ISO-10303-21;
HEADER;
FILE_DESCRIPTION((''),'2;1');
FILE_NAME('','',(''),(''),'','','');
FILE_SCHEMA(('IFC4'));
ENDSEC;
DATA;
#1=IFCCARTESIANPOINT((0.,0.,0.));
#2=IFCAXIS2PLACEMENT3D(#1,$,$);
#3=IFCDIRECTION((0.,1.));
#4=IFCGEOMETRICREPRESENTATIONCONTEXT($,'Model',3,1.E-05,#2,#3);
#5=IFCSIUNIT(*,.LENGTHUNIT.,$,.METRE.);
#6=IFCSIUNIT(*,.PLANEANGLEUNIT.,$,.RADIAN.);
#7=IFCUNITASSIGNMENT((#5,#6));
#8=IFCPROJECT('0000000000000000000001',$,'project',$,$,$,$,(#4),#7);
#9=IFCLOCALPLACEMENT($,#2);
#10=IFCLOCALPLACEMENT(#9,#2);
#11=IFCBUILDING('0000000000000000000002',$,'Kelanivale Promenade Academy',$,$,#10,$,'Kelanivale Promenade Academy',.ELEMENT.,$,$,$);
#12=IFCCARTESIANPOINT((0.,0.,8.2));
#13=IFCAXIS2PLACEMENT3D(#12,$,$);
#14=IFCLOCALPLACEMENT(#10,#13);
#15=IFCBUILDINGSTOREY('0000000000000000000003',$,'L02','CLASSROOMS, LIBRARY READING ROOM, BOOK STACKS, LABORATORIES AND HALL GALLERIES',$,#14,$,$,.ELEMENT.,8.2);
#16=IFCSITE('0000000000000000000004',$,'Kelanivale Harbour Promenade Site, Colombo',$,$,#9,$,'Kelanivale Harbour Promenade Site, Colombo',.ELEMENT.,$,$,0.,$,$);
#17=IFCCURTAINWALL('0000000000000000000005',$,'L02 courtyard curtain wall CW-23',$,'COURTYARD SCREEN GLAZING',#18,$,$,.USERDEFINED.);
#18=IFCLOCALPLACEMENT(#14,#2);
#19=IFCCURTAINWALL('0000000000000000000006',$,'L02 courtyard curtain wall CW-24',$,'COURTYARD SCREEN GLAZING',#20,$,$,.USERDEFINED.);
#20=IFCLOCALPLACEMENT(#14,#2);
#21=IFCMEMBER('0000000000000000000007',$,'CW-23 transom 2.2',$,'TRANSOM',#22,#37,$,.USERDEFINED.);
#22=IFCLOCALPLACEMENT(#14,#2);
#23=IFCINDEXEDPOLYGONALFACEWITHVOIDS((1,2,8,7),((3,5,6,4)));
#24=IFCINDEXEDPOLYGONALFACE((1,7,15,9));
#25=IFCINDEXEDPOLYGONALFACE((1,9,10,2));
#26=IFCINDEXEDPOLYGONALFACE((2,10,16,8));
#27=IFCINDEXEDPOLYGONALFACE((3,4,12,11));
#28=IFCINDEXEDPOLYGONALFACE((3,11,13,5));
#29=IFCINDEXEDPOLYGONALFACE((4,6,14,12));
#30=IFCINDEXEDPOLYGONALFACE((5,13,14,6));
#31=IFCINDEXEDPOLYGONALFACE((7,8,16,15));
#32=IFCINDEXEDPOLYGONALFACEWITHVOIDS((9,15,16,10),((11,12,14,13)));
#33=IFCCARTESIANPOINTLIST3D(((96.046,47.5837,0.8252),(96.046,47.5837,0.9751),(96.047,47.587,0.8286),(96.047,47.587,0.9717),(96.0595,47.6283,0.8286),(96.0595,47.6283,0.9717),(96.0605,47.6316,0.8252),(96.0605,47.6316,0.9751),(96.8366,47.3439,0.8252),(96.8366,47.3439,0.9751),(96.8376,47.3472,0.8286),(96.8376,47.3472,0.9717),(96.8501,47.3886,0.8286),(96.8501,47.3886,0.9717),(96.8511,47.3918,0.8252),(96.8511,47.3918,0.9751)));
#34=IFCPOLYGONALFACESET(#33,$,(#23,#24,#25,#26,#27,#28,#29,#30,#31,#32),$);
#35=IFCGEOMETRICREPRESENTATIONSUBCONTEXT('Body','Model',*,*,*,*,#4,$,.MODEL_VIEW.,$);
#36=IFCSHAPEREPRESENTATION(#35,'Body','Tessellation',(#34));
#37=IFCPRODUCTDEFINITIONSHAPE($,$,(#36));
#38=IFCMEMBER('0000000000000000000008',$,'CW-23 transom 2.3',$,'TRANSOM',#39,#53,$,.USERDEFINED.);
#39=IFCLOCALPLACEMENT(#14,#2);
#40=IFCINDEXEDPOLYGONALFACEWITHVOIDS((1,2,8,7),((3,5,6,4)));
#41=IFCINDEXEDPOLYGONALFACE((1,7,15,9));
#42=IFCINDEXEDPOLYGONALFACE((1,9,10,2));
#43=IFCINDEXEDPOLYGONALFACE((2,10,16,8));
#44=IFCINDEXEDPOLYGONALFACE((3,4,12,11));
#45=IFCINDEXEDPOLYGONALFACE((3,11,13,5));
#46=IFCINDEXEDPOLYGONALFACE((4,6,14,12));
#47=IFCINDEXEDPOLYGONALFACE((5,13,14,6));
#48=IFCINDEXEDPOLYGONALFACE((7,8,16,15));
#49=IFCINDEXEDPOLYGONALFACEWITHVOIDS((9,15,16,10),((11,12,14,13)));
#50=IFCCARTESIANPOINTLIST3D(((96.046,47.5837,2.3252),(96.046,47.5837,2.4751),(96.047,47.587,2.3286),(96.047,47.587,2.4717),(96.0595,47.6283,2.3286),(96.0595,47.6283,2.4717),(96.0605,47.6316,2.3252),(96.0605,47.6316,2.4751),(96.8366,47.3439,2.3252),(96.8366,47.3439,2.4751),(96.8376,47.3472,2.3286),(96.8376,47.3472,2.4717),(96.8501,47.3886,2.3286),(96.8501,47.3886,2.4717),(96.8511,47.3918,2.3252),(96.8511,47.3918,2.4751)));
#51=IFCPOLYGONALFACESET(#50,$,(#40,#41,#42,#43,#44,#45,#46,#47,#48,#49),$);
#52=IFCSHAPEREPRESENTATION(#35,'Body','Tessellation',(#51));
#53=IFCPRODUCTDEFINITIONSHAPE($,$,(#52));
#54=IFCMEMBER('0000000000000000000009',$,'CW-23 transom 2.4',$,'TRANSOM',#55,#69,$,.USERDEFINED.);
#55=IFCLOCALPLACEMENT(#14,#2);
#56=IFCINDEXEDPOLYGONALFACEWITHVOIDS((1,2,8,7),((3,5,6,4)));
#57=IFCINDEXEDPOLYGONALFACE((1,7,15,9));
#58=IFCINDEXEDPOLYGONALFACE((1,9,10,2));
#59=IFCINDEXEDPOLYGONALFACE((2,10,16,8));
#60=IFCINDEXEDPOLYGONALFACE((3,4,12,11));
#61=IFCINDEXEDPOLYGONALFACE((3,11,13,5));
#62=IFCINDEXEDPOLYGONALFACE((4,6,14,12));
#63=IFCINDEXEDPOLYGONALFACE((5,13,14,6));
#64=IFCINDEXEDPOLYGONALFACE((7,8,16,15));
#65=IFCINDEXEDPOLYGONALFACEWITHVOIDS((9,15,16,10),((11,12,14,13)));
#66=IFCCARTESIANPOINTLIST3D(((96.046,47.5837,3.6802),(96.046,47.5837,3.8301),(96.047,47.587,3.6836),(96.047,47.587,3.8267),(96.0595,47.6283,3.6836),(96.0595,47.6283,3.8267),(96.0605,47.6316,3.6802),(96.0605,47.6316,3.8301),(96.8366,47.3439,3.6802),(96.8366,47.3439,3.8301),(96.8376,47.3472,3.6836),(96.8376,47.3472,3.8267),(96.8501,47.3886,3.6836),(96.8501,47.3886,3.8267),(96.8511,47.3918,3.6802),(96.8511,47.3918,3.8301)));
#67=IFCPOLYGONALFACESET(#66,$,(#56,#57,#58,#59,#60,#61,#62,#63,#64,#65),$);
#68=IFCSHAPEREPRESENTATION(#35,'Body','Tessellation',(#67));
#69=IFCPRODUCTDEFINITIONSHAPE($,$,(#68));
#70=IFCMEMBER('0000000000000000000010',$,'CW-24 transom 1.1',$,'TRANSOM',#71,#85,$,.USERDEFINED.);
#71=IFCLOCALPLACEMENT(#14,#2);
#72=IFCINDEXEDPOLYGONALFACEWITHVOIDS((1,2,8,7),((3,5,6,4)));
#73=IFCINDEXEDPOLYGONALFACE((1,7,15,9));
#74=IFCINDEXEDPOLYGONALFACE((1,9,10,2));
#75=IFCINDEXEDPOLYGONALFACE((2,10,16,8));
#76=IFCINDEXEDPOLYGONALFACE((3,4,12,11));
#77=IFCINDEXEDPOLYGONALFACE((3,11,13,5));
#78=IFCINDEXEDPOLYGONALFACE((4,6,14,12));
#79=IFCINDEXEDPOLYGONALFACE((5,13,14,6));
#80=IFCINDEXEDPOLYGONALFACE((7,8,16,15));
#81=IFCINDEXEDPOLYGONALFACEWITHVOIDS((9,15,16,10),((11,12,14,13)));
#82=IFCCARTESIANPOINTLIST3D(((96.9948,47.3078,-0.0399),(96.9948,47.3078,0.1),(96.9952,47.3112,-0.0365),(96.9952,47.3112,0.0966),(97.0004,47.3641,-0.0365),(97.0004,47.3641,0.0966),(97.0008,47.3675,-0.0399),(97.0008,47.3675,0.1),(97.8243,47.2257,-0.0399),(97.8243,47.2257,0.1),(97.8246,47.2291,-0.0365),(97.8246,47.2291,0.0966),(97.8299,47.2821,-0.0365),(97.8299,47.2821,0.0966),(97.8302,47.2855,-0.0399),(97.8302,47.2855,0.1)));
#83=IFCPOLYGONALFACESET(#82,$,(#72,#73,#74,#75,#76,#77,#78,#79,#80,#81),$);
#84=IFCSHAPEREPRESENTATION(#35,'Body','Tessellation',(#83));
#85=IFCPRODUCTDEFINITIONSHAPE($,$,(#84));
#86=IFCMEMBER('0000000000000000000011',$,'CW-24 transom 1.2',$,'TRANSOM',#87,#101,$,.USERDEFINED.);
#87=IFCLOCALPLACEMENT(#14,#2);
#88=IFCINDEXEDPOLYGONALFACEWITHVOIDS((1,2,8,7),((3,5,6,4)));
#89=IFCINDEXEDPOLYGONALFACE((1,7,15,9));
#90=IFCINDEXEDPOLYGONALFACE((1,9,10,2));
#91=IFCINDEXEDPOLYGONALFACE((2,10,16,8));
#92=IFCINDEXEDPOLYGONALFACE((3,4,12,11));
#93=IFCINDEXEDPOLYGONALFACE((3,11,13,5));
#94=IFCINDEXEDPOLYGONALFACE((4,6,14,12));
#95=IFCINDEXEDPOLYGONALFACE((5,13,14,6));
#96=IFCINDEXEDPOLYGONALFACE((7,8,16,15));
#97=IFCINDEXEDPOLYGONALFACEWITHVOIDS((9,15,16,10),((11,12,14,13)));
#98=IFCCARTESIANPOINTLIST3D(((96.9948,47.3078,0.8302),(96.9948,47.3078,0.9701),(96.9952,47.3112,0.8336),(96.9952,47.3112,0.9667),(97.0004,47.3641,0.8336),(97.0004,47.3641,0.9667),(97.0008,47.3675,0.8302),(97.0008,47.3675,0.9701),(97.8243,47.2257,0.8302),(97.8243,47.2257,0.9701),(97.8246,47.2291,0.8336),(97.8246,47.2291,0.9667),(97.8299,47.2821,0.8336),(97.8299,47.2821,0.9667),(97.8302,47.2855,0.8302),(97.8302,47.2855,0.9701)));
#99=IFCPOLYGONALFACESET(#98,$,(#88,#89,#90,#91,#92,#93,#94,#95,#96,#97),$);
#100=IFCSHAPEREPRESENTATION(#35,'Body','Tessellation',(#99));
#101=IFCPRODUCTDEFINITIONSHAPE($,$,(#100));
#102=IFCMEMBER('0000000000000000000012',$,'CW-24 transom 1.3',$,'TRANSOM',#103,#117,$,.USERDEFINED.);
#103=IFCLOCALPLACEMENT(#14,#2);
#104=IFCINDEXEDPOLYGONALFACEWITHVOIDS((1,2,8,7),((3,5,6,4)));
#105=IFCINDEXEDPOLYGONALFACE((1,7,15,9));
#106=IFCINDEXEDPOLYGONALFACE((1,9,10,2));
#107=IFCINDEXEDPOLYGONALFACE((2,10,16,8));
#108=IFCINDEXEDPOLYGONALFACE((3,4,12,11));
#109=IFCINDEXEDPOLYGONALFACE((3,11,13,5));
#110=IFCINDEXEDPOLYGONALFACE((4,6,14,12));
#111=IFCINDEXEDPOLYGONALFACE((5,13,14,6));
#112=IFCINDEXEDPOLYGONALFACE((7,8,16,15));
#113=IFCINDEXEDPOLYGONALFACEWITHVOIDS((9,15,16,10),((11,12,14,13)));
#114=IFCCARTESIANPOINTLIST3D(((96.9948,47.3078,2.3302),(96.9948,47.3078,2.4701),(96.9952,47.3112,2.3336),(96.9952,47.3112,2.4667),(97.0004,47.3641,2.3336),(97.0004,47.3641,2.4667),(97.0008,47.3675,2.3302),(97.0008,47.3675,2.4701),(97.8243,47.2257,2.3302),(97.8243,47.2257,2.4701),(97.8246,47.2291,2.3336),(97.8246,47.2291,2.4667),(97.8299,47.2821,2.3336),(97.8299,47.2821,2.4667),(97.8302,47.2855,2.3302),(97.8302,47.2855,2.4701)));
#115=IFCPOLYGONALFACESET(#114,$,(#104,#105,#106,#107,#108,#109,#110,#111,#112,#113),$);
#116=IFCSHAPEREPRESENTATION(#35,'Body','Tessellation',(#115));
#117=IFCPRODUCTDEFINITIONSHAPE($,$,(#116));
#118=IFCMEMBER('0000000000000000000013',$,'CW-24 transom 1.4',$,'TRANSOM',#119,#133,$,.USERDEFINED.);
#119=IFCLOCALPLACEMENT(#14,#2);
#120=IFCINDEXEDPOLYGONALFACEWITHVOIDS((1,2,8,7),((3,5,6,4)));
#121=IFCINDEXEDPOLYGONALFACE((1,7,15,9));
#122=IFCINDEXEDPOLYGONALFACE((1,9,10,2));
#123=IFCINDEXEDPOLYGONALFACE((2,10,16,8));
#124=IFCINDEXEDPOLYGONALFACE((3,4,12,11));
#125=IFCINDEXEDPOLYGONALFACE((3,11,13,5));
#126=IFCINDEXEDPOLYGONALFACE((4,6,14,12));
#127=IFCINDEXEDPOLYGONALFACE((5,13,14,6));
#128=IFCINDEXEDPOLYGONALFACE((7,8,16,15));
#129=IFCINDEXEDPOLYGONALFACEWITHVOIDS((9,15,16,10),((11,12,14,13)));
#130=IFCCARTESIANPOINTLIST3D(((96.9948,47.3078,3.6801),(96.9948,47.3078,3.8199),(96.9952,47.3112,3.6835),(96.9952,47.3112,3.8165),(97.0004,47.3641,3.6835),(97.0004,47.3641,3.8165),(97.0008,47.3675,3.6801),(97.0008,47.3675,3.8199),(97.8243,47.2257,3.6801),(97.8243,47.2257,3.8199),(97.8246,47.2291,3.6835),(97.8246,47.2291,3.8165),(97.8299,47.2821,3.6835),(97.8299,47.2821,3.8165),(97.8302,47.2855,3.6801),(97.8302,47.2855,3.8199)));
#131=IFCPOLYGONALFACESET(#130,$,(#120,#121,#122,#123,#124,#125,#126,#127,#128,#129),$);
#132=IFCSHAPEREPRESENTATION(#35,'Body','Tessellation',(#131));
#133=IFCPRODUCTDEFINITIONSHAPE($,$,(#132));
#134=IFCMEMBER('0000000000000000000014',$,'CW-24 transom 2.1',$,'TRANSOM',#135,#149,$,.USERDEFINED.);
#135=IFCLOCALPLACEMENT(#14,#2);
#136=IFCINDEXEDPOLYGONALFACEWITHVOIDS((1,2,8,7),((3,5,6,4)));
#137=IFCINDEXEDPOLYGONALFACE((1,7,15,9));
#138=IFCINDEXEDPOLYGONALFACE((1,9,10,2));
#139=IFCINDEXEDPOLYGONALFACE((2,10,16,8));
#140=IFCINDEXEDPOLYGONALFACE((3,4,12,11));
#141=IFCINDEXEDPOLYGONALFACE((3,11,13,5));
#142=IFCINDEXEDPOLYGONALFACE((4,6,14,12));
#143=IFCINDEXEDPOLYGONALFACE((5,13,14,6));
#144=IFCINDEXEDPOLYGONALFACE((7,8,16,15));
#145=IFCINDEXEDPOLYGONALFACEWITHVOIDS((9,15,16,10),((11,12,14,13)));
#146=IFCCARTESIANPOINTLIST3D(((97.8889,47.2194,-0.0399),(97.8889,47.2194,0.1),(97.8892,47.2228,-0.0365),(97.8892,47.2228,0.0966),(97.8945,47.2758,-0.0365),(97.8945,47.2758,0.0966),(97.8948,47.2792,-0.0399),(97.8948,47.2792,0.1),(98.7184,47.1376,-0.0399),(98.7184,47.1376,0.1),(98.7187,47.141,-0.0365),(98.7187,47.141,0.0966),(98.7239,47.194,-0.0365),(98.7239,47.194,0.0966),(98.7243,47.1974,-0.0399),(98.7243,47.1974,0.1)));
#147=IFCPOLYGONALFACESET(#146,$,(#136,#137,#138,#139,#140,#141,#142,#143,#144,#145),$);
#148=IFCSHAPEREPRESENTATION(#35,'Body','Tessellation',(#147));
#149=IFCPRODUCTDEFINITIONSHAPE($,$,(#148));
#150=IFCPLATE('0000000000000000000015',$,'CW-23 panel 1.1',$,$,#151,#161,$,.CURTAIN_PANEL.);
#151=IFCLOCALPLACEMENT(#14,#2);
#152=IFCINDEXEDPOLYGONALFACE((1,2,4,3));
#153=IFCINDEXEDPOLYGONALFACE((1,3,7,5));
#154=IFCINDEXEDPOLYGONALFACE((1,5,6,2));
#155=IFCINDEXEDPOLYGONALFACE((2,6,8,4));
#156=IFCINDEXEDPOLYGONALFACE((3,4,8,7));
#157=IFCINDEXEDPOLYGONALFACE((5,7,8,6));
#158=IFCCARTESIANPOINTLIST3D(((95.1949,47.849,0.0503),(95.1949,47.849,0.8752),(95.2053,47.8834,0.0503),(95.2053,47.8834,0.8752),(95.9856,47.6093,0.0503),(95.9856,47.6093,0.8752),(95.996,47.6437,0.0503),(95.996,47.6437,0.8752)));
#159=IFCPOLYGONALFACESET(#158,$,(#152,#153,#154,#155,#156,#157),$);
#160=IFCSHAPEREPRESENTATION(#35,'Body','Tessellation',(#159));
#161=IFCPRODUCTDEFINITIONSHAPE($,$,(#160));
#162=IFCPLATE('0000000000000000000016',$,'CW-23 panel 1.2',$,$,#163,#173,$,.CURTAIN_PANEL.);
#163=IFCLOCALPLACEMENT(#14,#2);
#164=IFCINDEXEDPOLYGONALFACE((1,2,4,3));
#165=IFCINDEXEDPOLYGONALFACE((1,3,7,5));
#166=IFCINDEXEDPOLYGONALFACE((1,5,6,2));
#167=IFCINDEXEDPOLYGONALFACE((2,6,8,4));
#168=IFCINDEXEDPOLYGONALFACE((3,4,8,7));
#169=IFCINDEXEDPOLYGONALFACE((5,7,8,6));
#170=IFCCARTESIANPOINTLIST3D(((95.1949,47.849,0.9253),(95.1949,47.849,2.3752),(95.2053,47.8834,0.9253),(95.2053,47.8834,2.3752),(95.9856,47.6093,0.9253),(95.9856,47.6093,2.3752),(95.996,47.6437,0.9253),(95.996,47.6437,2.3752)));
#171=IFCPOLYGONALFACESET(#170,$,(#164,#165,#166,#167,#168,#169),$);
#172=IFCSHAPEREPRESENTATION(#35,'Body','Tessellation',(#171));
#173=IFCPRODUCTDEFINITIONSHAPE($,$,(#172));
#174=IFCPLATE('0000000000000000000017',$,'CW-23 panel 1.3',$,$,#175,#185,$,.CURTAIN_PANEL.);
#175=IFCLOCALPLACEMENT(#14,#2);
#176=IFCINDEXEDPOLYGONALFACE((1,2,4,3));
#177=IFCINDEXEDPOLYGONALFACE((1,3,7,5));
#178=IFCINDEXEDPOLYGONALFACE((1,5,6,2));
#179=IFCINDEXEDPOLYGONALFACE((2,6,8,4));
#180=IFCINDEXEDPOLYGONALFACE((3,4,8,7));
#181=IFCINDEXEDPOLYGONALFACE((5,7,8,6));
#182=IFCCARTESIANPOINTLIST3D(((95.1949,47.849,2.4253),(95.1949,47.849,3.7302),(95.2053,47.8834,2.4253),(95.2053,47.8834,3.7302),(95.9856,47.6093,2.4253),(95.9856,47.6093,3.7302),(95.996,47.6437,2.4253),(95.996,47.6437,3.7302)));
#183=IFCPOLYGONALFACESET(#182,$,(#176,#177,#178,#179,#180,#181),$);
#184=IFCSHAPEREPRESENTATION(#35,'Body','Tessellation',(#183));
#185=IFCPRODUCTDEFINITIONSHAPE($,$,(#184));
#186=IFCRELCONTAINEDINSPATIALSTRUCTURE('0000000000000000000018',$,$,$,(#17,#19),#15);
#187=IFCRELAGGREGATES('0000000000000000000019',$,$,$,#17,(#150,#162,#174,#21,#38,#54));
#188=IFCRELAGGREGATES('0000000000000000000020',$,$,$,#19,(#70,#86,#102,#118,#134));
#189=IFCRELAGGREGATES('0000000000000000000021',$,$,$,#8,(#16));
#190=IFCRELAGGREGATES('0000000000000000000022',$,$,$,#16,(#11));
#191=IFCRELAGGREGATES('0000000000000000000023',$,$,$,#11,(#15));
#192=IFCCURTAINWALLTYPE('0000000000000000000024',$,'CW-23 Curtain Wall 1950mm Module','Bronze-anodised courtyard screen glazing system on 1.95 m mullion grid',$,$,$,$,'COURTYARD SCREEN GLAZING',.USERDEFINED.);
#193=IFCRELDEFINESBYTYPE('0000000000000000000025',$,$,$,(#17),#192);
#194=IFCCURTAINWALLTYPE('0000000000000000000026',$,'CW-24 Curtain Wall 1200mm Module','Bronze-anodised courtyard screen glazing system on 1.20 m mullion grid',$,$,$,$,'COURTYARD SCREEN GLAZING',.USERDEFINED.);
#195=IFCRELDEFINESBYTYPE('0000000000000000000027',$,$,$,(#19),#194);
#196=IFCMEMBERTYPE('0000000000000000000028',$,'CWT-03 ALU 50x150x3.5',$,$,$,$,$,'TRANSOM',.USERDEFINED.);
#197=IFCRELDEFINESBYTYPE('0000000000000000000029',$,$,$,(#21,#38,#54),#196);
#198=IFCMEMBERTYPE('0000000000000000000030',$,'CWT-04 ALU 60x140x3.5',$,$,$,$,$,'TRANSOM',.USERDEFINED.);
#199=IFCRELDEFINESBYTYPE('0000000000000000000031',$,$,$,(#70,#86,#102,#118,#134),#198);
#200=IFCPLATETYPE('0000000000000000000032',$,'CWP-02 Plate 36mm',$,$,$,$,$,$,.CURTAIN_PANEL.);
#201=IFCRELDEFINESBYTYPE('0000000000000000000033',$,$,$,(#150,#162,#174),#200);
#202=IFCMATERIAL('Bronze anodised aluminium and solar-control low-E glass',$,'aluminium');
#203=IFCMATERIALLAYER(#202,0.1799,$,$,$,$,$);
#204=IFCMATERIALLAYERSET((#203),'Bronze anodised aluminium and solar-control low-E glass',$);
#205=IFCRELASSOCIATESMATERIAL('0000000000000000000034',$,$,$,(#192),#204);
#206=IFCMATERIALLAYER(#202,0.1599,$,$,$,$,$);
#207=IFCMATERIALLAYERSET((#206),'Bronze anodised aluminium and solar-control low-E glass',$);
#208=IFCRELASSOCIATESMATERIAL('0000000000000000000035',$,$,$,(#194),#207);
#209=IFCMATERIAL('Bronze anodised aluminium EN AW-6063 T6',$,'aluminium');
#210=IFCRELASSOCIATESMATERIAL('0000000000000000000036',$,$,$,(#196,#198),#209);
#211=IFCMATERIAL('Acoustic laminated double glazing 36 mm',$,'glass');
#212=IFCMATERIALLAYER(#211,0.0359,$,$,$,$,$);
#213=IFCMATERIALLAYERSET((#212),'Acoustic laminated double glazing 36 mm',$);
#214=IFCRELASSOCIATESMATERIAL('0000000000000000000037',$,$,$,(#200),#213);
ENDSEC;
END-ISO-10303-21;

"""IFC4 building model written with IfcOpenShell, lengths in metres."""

from ifc_helpers import new_model, si_unit, direction, frame, origin, origin_2d, place, context, subcontext, project, spatial, rectangle, hollow_rectangle, extrude, material, layer, layer_set, material_profile, profile_set, type_object, element, aggregate, save


model = new_model("IFC4")

# Units and contexts
model_context = context("Model", 3, precision=1e-05, world=origin(), true_north=direction((0.0, 1.0)))
body_context = subcontext(model_context, "Body", "Model", "MODEL_VIEW")
ifc_project = project(units=[si_unit("LENGTHUNIT", "METRE"), si_unit("PLANEANGLEUNIT", "RADIAN")], contexts=[model_context])

# Site, building, storey
site_placement = place(None, origin())
site = spatial("IfcSite", under=ifc_project, at=site_placement, Name="Kelanivale Harbour Promenade Site, Colombo", LongName="Kelanivale Harbour Promenade Site, Colombo", CompositionType="ELEMENT", RefElevation=0.0)
building_placement = place(site_placement, origin())
building = spatial("IfcBuilding", under=site, at=building_placement, Name="Kelanivale Promenade Academy", LongName="Kelanivale Promenade Academy", CompositionType="ELEMENT")
storey_placement = place(building_placement, frame((0.0, 0.0, 8.2)))
storey = spatial("IfcBuildingStorey", under=building, at=storey_placement, Name="L02", Description="CLASSROOMS, LIBRARY READING ROOM, BOOK STACKS, LABORATORIES AND HALL GALLERIES", CompositionType="ELEMENT", Elevation=8.2)

# Curtain walls
ifc_material_1 = material(Name="Bronze anodised aluminium and solar-control low-E glass", Category="aluminium")
ifc_layer_1 = layer(ifc_material_1, 0.1799)
ifc_layer_set_1 = layer_set([ifc_layer_1], Name="Bronze anodised aluminium and solar-control low-E glass")
curtain_wall_type_1 = type_object("IfcCurtainWallType", Name="CW-23 Curtain Wall 1950mm Module", Description="Bronze-anodised courtyard screen glazing system on 1.95 m mullion grid", ElementType="COURTYARD SCREEN GLAZING", PredefinedType="USERDEFINED", material=ifc_layer_set_1)
curtain_wall_1_placement = place(storey_placement, origin())
curtain_wall_1 = element("IfcCurtainWall", 1, at=curtain_wall_1_placement, inside=storey, type_object=curtain_wall_type_1, Name="L02 courtyard curtain wall CW-23", ObjectType="COURTYARD SCREEN GLAZING", PredefinedType="USERDEFINED")
ifc_material_2 = material(Name="Bronze anodised aluminium EN AW-6063 T6", Category="aluminium")
ifc_layer_2 = layer(ifc_material_1, 0.1599)
ifc_layer_set_2 = layer_set([ifc_layer_2], Name="Bronze anodised aluminium and solar-control low-E glass")
curtain_wall_type_2 = type_object("IfcCurtainWallType", Name="CW-24 Curtain Wall 1200mm Module", Description="Bronze-anodised courtyard screen glazing system on 1.20 m mullion grid", ElementType="COURTYARD SCREEN GLAZING", PredefinedType="USERDEFINED", material=ifc_layer_set_2)
curtain_wall_2_placement = place(storey_placement, origin())
curtain_wall_2 = element("IfcCurtainWall", 2, at=curtain_wall_2_placement, inside=storey, type_object=curtain_wall_type_2, Name="L02 courtyard curtain wall CW-24", ObjectType="COURTYARD SCREEN GLAZING", PredefinedType="USERDEFINED")

# Members
ifc_material_profile_1 = material_profile(ifc_material_2, hollow_rectangle(XDim=0.05, YDim=0.1499, WallThickness=0.0034, at=origin_2d()), Name="ALU 50x150x3.5")
ifc_profile_set_1 = profile_set([ifc_material_profile_1], Name="Bronze anodised aluminium EN AW-6063 T6")
member_type_1 = type_object("IfcMemberType", Name="CWT-03 ALU 50x150x3.5", ElementType="TRANSOM", PredefinedType="USERDEFINED", material=ifc_profile_set_1)
member_1_placement = place(storey_placement, frame((96.0532, 47.6077, 0.9001), z_axis=(0.95696, -0.290221, 0.0), x_axis=(0.290221, 0.95696, 0.0)))
member_1 = element("IfcMember", 3, at=member_1_placement, type_object=member_type_1, Name="CW-23 transom 2.2", ObjectType="TRANSOM", PredefinedType="USERDEFINED", context=body_context, shape_type="SweptSolid", body=[
    extrude(hollow_rectangle(XDim=0.05, YDim=0.1499, WallThickness=0.0034, at=origin_2d()), origin(), (0.0, 0.0, 1.0), 0.8262),
])
member_2_placement = place(storey_placement, frame((96.0532, 47.6077, 2.4001), z_axis=(0.95696, -0.290221, 0.0), x_axis=(0.290221, 0.95696, 0.0)))
member_2 = element("IfcMember", 4, at=member_2_placement, type_object=member_type_1, Name="CW-23 transom 2.3", ObjectType="TRANSOM", PredefinedType="USERDEFINED", context=body_context, shape_type="SweptSolid", body=[
    extrude(hollow_rectangle(XDim=0.05, YDim=0.1499, WallThickness=0.0034, at=origin_2d()), origin(), (0.0, 0.0, 1.0), 0.8262),
])
member_3_placement = place(storey_placement, frame((96.0532, 47.6077, 3.7551), z_axis=(0.95696, -0.290221, 0.0), x_axis=(0.290221, 0.95696, 0.0)))
member_3 = element("IfcMember", 5, at=member_3_placement, type_object=member_type_1, Name="CW-23 transom 2.4", ObjectType="TRANSOM", PredefinedType="USERDEFINED", context=body_context, shape_type="SweptSolid", body=[
    extrude(hollow_rectangle(XDim=0.05, YDim=0.1499, WallThickness=0.0034, at=origin_2d()), origin(), (0.0, 0.0, 1.0), 0.8262),
])
ifc_material_profile_2 = material_profile(ifc_material_2, hollow_rectangle(XDim=0.0601, YDim=0.1399, WallThickness=0.0034, at=origin_2d()), Name="ALU 60x140x3.5")
ifc_profile_set_2 = profile_set([ifc_material_profile_2], Name="Bronze anodised aluminium EN AW-6063 T6")
member_type_2 = type_object("IfcMemberType", Name="CWT-04 ALU 60x140x3.5", ElementType="TRANSOM", PredefinedType="USERDEFINED", material=ifc_profile_set_2)
member_4_placement = place(storey_placement, frame((96.9978, 47.3376, 0.03), z_axis=(0.995144, -0.09843, 0.0), x_axis=(0.09843, 0.995144, 0.0)))
member_4 = element("IfcMember", 6, at=member_4_placement, type_object=member_type_2, Name="CW-24 transom 1.1", ObjectType="TRANSOM", PredefinedType="USERDEFINED", context=body_context, shape_type="SweptSolid", body=[
    extrude(hollow_rectangle(XDim=0.0601, YDim=0.1399, WallThickness=0.0034, at=origin_2d()), origin(), (0.0, 0.0, 1.0), 0.8335),
])
member_5_placement = place(storey_placement, frame((96.9978, 47.3376, 0.9001), z_axis=(0.995144, -0.09843, 0.0), x_axis=(0.09843, 0.995144, 0.0)))
member_5 = element("IfcMember", 7, at=member_5_placement, type_object=member_type_2, Name="CW-24 transom 1.2", ObjectType="TRANSOM", PredefinedType="USERDEFINED", context=body_context, shape_type="SweptSolid", body=[
    extrude(hollow_rectangle(XDim=0.0601, YDim=0.1399, WallThickness=0.0034, at=origin_2d()), origin(), (0.0, 0.0, 1.0), 0.8335),
])
member_6_placement = place(storey_placement, frame((96.9978, 47.3376, 2.4001), z_axis=(0.995144, -0.09843, 0.0), x_axis=(0.09843, 0.995144, 0.0)))
member_6 = element("IfcMember", 8, at=member_6_placement, type_object=member_type_2, Name="CW-24 transom 1.3", ObjectType="TRANSOM", PredefinedType="USERDEFINED", context=body_context, shape_type="SweptSolid", body=[
    extrude(hollow_rectangle(XDim=0.0601, YDim=0.1399, WallThickness=0.0034, at=origin_2d()), origin(), (0.0, 0.0, 1.0), 0.8335),
])
member_7_placement = place(storey_placement, frame((96.9978, 47.3376, 3.75), z_axis=(0.995144, -0.09843, 0.0), x_axis=(0.09843, 0.995144, 0.0)))
member_7 = element("IfcMember", 9, at=member_7_placement, type_object=member_type_2, Name="CW-24 transom 1.4", ObjectType="TRANSOM", PredefinedType="USERDEFINED", context=body_context, shape_type="SweptSolid", body=[
    extrude(hollow_rectangle(XDim=0.0601, YDim=0.1399, WallThickness=0.0034, at=origin_2d()), origin(), (0.0, 0.0, 1.0), 0.8335),
])
member_8_placement = place(storey_placement, frame((97.8918, 47.2493, 0.03), z_axis=(0.995175, -0.098112, 0.0), x_axis=(0.098112, 0.995175, 0.0)))
member_8 = element("IfcMember", 10, at=member_8_placement, type_object=member_type_2, Name="CW-24 transom 2.1", ObjectType="TRANSOM", PredefinedType="USERDEFINED", context=body_context, shape_type="SweptSolid", body=[
    extrude(hollow_rectangle(XDim=0.0601, YDim=0.1399, WallThickness=0.0034, at=origin_2d()), origin(), (0.0, 0.0, 1.0), 0.8335),
])

# Plates
ifc_material_3 = material(Name="Acoustic laminated double glazing 36 mm", Category="glass")
ifc_layer_3 = layer(ifc_material_3, 0.0359)
ifc_layer_set_3 = layer_set([ifc_layer_3], Name="Acoustic laminated double glazing 36 mm")
plate_type_1 = type_object("IfcPlateType", Name="CWP-02 Plate 36mm", PredefinedType="CURTAIN_PANEL", material=ifc_layer_set_3)
plate_1_placement = place(storey_placement, frame((95.5955, 47.7463, 0.0503), z_axis=(0.0, 0.0, 1.0), x_axis=(0.956988, -0.290128, 0.0)))
plate_1 = element("IfcPlate", 11, at=plate_1_placement, type_object=plate_type_1, Name="CW-23 panel 1.1", PredefinedType="CURTAIN_PANEL", context=body_context, shape_type="SweptSolid", body=[
    extrude(rectangle(XDim=0.8262, YDim=0.0359, at=origin_2d()), origin(), (0.0, 0.0, 1.0), 0.825),
])
plate_2_placement = place(storey_placement, frame((95.5955, 47.7463, 0.9253), z_axis=(0.0, 0.0, 1.0), x_axis=(0.956988, -0.290128, 0.0)))
plate_2 = element("IfcPlate", 12, at=plate_2_placement, type_object=plate_type_1, Name="CW-23 panel 1.2", PredefinedType="CURTAIN_PANEL", context=body_context, shape_type="SweptSolid", body=[
    extrude(rectangle(XDim=0.8262, YDim=0.0359, at=origin_2d()), origin(), (0.0, 0.0, 1.0), 1.45),
])
plate_3_placement = place(storey_placement, frame((95.5955, 47.7463, 2.4253), z_axis=(0.0, 0.0, 1.0), x_axis=(0.956988, -0.290128, 0.0)))
plate_3 = element("IfcPlate", 13, at=plate_3_placement, type_object=plate_type_1, Name="CW-23 panel 1.3", PredefinedType="CURTAIN_PANEL", context=body_context, shape_type="SweptSolid", body=[
    extrude(rectangle(XDim=0.8262, YDim=0.0359, at=origin_2d()), origin(), (0.0, 0.0, 1.0), 1.3049),
])
aggregate(curtain_wall_1, [plate_1, plate_2, plate_3, member_1, member_2, member_3])
aggregate(curtain_wall_2, [member_4, member_5, member_6, member_7, member_8])

save(model, "model.ifc")
